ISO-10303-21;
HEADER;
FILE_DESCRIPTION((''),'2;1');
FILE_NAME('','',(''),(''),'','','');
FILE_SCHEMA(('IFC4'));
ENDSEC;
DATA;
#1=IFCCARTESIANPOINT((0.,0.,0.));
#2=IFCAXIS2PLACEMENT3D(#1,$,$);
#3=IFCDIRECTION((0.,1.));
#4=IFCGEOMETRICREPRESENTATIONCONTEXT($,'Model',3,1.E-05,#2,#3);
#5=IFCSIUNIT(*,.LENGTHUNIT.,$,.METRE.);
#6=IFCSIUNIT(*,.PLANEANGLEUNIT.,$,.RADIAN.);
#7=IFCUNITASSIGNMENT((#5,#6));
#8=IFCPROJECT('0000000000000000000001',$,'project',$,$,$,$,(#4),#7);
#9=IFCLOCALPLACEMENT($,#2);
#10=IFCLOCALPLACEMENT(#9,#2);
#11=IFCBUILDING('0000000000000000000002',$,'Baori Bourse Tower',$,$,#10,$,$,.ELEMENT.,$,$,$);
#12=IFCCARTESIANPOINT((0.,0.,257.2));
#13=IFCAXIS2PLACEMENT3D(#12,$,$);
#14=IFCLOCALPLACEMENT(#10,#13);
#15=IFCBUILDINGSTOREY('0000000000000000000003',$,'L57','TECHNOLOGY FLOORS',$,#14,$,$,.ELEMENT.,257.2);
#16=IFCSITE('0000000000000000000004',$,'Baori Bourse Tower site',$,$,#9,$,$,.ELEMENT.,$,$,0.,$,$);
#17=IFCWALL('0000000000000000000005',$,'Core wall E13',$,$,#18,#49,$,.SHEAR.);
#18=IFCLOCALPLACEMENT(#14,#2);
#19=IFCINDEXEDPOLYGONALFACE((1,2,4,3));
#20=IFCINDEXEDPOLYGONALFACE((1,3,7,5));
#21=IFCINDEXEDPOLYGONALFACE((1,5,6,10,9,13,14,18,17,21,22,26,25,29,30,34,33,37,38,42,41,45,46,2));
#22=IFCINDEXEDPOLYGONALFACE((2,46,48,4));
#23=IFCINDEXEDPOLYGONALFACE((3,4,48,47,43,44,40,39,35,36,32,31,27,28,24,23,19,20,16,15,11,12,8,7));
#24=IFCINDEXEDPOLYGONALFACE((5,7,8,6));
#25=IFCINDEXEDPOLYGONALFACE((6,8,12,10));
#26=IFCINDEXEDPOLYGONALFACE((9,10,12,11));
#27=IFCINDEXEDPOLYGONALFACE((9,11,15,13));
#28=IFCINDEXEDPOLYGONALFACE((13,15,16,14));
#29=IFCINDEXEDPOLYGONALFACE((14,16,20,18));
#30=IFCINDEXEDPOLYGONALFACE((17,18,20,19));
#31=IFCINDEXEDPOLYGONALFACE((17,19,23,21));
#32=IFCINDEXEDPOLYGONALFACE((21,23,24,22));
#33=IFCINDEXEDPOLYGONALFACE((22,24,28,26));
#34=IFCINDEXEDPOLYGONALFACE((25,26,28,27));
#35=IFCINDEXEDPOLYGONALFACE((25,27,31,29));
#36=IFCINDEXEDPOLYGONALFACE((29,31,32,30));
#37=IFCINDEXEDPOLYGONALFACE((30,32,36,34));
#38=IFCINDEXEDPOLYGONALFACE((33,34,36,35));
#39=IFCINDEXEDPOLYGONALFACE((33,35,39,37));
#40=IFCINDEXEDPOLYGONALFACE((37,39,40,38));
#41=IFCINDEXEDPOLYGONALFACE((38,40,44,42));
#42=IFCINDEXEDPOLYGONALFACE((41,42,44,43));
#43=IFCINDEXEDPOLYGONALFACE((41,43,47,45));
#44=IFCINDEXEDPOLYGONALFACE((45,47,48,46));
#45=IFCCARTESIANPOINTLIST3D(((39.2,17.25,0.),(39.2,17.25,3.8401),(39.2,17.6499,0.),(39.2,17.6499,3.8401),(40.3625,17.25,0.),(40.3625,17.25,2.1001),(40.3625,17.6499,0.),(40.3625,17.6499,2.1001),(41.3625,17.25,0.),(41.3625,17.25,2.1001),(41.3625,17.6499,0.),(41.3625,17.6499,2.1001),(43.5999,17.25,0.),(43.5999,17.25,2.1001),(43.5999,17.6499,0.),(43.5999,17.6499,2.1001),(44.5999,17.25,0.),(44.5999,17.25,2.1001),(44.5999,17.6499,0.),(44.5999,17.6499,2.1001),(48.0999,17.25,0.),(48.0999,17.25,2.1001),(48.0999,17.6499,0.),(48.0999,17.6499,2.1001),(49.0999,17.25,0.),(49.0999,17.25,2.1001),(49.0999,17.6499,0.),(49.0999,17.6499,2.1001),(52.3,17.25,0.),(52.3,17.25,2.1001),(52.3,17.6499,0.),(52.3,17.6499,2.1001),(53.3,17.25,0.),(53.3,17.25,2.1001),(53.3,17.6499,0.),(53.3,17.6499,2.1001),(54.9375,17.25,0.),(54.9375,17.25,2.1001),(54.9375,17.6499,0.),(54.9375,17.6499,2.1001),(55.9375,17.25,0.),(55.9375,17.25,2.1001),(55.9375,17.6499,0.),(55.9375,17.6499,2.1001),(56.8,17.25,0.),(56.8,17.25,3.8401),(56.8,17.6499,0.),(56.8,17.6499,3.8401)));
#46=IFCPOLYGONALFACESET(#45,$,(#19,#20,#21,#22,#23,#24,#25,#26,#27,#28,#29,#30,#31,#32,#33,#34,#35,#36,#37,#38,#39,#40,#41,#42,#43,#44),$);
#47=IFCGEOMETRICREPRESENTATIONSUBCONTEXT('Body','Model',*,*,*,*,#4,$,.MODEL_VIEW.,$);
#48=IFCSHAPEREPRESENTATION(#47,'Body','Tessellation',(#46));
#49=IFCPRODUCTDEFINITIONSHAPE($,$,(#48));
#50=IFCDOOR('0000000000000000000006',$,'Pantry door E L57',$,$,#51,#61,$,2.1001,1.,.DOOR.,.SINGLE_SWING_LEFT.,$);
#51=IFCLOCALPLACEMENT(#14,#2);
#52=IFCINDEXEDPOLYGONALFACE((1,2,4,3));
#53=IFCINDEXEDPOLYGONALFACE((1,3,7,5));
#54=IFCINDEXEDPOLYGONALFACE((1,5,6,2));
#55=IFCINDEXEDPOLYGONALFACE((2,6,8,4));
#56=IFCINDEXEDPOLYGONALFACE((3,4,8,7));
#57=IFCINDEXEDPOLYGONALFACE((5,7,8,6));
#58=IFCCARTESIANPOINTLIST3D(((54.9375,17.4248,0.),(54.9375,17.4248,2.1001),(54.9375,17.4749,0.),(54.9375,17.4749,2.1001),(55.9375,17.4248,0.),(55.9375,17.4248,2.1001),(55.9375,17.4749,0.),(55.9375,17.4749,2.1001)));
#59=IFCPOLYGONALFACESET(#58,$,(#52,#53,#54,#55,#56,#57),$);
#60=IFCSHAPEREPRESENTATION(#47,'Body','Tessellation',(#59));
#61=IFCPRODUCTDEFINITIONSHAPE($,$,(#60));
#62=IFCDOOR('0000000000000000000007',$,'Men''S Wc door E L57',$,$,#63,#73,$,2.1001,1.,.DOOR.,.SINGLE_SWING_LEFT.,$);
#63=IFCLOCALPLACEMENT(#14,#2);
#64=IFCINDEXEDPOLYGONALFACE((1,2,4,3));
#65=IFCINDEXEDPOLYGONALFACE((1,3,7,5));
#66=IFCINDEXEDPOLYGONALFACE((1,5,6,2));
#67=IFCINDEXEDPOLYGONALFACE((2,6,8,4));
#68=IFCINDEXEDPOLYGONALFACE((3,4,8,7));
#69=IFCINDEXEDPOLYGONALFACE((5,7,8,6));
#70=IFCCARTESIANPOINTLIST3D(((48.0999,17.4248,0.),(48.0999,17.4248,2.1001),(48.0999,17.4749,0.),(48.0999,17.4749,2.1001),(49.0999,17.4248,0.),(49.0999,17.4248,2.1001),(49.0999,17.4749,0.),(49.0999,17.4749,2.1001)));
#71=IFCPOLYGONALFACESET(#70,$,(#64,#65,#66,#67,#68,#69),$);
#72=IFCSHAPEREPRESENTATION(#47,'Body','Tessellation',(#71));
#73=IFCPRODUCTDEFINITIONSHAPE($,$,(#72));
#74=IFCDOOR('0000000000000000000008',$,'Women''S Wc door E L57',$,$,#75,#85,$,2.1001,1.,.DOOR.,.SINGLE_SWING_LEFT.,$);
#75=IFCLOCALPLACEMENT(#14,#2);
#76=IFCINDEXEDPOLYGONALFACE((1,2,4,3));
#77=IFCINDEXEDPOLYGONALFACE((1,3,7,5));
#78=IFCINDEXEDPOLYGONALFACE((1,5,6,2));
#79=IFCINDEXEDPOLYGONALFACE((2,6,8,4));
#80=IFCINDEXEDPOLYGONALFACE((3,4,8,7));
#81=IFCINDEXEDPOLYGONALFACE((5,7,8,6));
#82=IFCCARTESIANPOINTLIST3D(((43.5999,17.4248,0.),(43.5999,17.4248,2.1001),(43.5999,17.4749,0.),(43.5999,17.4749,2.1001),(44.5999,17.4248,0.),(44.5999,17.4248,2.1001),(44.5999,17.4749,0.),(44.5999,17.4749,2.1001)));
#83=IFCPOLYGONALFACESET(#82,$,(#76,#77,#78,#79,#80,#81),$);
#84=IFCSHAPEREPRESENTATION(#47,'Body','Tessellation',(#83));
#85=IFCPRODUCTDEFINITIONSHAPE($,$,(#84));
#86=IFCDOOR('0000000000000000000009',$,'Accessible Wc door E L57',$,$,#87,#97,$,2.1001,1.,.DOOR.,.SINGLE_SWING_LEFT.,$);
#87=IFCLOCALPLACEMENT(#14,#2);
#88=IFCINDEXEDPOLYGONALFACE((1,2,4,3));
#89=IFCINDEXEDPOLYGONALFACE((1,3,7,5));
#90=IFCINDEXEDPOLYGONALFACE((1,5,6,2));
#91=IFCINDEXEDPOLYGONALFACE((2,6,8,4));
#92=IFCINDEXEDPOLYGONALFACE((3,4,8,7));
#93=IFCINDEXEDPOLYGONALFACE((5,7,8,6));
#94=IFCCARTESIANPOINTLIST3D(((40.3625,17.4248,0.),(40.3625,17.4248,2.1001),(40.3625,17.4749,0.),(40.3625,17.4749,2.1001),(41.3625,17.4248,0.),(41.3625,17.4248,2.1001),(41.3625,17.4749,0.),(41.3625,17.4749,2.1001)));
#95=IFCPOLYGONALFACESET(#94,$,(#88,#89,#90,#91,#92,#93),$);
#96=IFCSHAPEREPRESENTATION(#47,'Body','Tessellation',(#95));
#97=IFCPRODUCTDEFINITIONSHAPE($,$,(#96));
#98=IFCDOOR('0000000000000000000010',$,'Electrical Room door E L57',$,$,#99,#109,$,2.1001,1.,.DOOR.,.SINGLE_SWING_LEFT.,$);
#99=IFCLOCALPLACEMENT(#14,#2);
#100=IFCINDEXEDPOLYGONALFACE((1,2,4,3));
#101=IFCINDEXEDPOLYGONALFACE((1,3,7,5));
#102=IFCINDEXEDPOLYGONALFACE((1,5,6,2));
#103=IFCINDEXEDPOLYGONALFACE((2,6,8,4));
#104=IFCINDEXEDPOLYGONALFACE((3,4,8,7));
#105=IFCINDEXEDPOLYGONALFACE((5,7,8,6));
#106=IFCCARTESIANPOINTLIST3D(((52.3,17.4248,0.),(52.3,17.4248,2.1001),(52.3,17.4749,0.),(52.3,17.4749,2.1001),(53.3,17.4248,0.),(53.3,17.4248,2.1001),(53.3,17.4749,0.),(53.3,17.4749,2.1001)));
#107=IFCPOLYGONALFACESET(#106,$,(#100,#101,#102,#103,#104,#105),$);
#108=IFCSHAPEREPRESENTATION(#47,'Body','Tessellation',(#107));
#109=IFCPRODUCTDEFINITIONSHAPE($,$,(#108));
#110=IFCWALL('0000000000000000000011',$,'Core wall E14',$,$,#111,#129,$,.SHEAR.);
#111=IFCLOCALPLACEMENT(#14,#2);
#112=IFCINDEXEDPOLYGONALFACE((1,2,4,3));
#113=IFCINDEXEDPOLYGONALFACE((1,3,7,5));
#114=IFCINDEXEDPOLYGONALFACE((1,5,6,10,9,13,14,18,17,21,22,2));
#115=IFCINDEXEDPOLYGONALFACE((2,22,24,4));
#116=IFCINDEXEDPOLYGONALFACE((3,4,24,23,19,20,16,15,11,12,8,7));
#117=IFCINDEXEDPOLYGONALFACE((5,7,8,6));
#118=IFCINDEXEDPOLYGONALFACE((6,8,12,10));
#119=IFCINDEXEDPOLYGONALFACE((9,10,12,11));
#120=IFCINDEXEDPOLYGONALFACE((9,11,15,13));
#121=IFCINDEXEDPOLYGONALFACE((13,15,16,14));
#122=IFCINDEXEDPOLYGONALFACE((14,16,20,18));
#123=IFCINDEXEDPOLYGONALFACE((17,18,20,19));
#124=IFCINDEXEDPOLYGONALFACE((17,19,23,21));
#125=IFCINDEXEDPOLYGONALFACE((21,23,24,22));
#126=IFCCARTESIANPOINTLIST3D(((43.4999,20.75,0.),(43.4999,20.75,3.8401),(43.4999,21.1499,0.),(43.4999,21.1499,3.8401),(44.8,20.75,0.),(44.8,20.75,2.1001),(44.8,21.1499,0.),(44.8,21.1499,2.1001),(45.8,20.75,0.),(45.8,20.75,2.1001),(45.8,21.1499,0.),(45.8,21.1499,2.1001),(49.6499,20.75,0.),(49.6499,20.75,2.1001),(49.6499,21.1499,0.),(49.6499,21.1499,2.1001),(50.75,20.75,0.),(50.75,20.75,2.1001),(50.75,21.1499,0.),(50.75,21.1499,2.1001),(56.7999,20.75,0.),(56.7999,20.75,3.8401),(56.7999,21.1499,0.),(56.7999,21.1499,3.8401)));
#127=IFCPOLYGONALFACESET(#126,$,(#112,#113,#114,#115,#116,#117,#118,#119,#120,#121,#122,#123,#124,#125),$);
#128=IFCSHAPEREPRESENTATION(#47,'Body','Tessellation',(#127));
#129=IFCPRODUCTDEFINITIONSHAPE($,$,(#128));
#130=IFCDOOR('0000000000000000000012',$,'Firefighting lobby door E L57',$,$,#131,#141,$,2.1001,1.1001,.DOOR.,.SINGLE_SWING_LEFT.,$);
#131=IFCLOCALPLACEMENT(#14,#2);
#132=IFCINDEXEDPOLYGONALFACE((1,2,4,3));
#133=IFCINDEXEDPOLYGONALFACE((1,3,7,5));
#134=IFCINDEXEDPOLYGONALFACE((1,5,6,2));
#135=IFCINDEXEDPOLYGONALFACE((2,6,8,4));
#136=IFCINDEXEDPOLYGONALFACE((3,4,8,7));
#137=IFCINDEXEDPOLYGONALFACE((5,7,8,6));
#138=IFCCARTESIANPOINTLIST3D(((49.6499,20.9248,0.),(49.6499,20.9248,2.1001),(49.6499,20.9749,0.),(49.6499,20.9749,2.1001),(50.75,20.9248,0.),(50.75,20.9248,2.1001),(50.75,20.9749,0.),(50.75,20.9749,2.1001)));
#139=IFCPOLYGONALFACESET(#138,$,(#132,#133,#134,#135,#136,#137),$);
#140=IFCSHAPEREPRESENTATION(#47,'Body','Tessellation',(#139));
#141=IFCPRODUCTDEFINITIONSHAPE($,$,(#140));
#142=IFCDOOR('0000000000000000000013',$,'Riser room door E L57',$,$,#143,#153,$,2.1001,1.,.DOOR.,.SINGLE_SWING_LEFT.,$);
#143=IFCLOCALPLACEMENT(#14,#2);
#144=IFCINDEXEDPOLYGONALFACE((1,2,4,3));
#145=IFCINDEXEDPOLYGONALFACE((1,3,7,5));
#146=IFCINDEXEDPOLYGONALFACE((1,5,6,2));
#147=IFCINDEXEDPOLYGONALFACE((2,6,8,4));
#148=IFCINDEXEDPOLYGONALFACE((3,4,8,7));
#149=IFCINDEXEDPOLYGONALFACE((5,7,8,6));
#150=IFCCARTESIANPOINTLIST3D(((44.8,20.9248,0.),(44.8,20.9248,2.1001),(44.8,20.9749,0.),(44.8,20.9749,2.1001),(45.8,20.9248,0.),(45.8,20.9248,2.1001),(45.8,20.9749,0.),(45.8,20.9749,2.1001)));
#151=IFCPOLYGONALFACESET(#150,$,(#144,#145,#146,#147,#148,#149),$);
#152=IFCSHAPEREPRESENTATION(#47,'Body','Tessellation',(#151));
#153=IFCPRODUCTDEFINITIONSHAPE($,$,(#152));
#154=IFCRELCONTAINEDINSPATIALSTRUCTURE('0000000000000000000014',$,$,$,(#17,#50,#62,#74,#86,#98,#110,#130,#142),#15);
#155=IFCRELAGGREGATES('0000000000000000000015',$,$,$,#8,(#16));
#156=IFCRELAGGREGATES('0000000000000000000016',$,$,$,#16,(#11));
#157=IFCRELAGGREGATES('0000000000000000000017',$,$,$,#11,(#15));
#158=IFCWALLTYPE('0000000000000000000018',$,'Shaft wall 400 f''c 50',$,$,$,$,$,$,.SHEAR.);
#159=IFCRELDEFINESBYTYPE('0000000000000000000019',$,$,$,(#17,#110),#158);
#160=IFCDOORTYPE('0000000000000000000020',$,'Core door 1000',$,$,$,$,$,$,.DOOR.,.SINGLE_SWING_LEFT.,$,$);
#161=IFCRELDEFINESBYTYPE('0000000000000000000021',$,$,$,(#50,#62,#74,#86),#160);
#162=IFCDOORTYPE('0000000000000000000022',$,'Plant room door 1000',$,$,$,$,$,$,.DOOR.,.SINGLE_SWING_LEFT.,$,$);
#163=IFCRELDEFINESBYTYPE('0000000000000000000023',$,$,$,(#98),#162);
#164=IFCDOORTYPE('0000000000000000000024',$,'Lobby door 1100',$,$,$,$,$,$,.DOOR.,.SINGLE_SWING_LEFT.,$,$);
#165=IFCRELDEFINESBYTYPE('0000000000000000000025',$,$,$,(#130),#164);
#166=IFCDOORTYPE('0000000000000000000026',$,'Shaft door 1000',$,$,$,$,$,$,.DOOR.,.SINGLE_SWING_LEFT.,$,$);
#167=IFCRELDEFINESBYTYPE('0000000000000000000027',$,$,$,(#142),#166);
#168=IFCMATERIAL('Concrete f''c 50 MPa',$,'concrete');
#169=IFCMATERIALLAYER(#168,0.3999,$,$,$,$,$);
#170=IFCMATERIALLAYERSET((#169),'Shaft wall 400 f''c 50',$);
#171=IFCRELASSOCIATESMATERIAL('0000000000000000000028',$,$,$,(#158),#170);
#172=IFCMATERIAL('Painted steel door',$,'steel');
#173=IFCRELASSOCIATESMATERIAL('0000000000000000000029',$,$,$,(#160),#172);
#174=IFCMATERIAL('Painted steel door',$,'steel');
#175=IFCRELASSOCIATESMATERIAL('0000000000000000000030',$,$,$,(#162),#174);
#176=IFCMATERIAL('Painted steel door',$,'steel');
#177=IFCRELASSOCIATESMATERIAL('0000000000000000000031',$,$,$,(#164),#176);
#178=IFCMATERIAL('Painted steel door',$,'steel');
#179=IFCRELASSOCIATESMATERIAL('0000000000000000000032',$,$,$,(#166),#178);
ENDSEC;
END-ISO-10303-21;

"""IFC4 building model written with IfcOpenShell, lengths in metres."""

from ifc_helpers import new_model, si_unit, direction, frame, frame_2d, origin, place, context, subcontext, project, spatial, rectangle, extrude, material, layer, layer_set, type_object, element, fill, save


model = new_model("IFC4")

# Units and contexts
model_context = context("Model", 3, precision=1e-05, world=origin(), true_north=direction((0.0, 1.0)))
body_context = subcontext(model_context, "Body", "Model", "MODEL_VIEW")
ifc_project = project(units=[si_unit("LENGTHUNIT", "METRE"), si_unit("PLANEANGLEUNIT", "RADIAN")], contexts=[model_context])

# Site, building, storey
site_placement = place(None, origin())
site = spatial("IfcSite", under=ifc_project, at=site_placement, Name="Baori Bourse Tower site", CompositionType="ELEMENT", RefElevation=0.0)
building_placement = place(site_placement, origin())
building = spatial("IfcBuilding", under=site, at=building_placement, Name="Baori Bourse Tower", CompositionType="ELEMENT")
storey_placement = place(building_placement, frame((0.0, 0.0, 257.2)))
storey = spatial("IfcBuildingStorey", under=building, at=storey_placement, Name="L57", Description="TECHNOLOGY FLOORS", CompositionType="ELEMENT", Elevation=257.2)

# Shared definitions
ifc_material_1 = material(Name="Concrete f'c 50 MPa", Category="concrete")
ifc_layer_1 = layer(ifc_material_1, 0.3999)
ifc_layer_set_1 = layer_set([ifc_layer_1], Name="Shaft wall 400 f'c 50")
wall_type_1 = type_object("IfcWallType", Name="Shaft wall 400 f'c 50", PredefinedType="SHEAR", material=ifc_layer_set_1)

# Walls, openings, doors
wall_1_placement = place(storey_placement, frame((39.2, 17.45, 0.0), z_axis=(0.0, 0.0, 1.0), x_axis=(1.0, 0.0, 0.0)))
wall_1 = element("IfcWall", 1, at=wall_1_placement, inside=storey, type_object=wall_type_1, Name="Core wall E13", PredefinedType="SHEAR", context=body_context, shape_type="SweptSolid", body=[
    extrude(rectangle(XDim=17.6001, YDim=0.3999, at=frame_2d((8.8, 0.0))), origin(), (0.0, 0.0, 1.0), 3.8401),
])
opening_1_placement = place(wall_1_placement, frame((15.7375, 0.0, 0.0)))
opening_1 = element("IfcOpeningElement", 2, at=opening_1_placement, cuts=wall_1, PredefinedType="OPENING", context=body_context, shape_type="SweptSolid", body=[
    extrude(rectangle(XDim=1.0, YDim=2.1001, at=frame_2d((0.5, 1.05))), frame((0.0, 0.21, 0.0), z_axis=(0.0, -1.0, 0.0), x_axis=(1.0, 0.0, 0.0)), (0.0, 0.0, 1.0), 0.4199),
])
opening_2_placement = place(wall_1_placement, frame((13.1001, 0.0, 0.0)))
opening_2 = element("IfcOpeningElement", 3, at=opening_2_placement, cuts=wall_1, PredefinedType="OPENING", context=body_context, shape_type="SweptSolid", body=[
    extrude(rectangle(XDim=1.0, YDim=2.1001, at=frame_2d((0.5, 1.05))), frame((0.0, 0.21, 0.0), z_axis=(0.0, -1.0, 0.0), x_axis=(1.0, 0.0, 0.0)), (0.0, 0.0, 1.0), 0.4199),
])
opening_3_placement = place(wall_1_placement, frame((8.8999, 0.0, 0.0)))
opening_3 = element("IfcOpeningElement", 4, at=opening_3_placement, cuts=wall_1, PredefinedType="OPENING", context=body_context, shape_type="SweptSolid", body=[
    extrude(rectangle(XDim=1.0, YDim=2.1001, at=frame_2d((0.5, 1.05))), frame((0.0, 0.21, 0.0), z_axis=(0.0, -1.0, 0.0), x_axis=(1.0, 0.0, 0.0)), (0.0, 0.0, 1.0), 0.4199),
])
opening_4_placement = place(wall_1_placement, frame((4.3999, 0.0, 0.0)))
opening_4 = element("IfcOpeningElement", 5, at=opening_4_placement, cuts=wall_1, PredefinedType="OPENING", context=body_context, shape_type="SweptSolid", body=[
    extrude(rectangle(XDim=1.0, YDim=2.1001, at=frame_2d((0.5, 1.05))), frame((0.0, 0.21, 0.0), z_axis=(0.0, -1.0, 0.0), x_axis=(1.0, 0.0, 0.0)), (0.0, 0.0, 1.0), 0.4199),
])
opening_5_placement = place(wall_1_placement, frame((1.1626, 0.0, 0.0)))
opening_5 = element("IfcOpeningElement", 6, at=opening_5_placement, cuts=wall_1, PredefinedType="OPENING", context=body_context, shape_type="SweptSolid", body=[
    extrude(rectangle(XDim=1.0, YDim=2.1001, at=frame_2d((0.5, 1.05))), frame((0.0, 0.21, 0.0), z_axis=(0.0, -1.0, 0.0), x_axis=(1.0, 0.0, 0.0)), (0.0, 0.0, 1.0), 0.4199),
])
ifc_material_2 = material(Name="Painted steel door", Category="steel")
door_type_1 = type_object("IfcDoorType", Name="Core door 1000", OperationType="SINGLE_SWING_LEFT", PredefinedType="DOOR", material=ifc_material_2)
door_1_placement = place(opening_1_placement, origin())
door_1 = element("IfcDoor", 7, at=door_1_placement, inside=storey, type_object=door_type_1, Name="Pantry door E L57", OperationType="SINGLE_SWING_LEFT", OverallHeight=2.1001, OverallWidth=1.0, PredefinedType="DOOR", context=body_context, shape_type="SweptSolid", body=[
    extrude(rectangle(XDim=1.0, YDim=2.1001, at=frame_2d((0.5, 1.05))), frame((0.0, 0.0249, 0.0), z_axis=(0.0, -1.0, 0.0), x_axis=(1.0, 0.0, 0.0)), (0.0, 0.0, 1.0), 0.05),
])
fill(opening_1, door_1)
door_2_placement = place(opening_3_placement, origin())
door_2 = element("IfcDoor", 8, at=door_2_placement, inside=storey, type_object=door_type_1, Name="Men'S Wc door E L57", OperationType="SINGLE_SWING_LEFT", OverallHeight=2.1001, OverallWidth=1.0, PredefinedType="DOOR", context=body_context, shape_type="SweptSolid", body=[
    extrude(rectangle(XDim=1.0, YDim=2.1001, at=frame_2d((0.5, 1.05))), frame((0.0, 0.0249, 0.0), z_axis=(0.0, -1.0, 0.0), x_axis=(1.0, 0.0, 0.0)), (0.0, 0.0, 1.0), 0.05),
])
fill(opening_3, door_2)
door_3_placement = place(opening_4_placement, origin())
door_3 = element("IfcDoor", 9, at=door_3_placement, inside=storey, type_object=door_type_1, Name="Women'S Wc door E L57", OperationType="SINGLE_SWING_LEFT", OverallHeight=2.1001, OverallWidth=1.0, PredefinedType="DOOR", context=body_context, shape_type="SweptSolid", body=[
    extrude(rectangle(XDim=1.0, YDim=2.1001, at=frame_2d((0.5, 1.05))), frame((0.0, 0.0249, 0.0), z_axis=(0.0, -1.0, 0.0), x_axis=(1.0, 0.0, 0.0)), (0.0, 0.0, 1.0), 0.05),
])
fill(opening_4, door_3)
door_4_placement = place(opening_5_placement, origin())
door_4 = element("IfcDoor", 10, at=door_4_placement, inside=storey, type_object=door_type_1, Name="Accessible Wc door E L57", OperationType="SINGLE_SWING_LEFT", OverallHeight=2.1001, OverallWidth=1.0, PredefinedType="DOOR", context=body_context, shape_type="SweptSolid", body=[
    extrude(rectangle(XDim=1.0, YDim=2.1001, at=frame_2d((0.5, 1.05))), frame((0.0, 0.0249, 0.0), z_axis=(0.0, -1.0, 0.0), x_axis=(1.0, 0.0, 0.0)), (0.0, 0.0, 1.0), 0.05),
])
fill(opening_5, door_4)
ifc_material_3 = material(Name="Painted steel door", Category="steel")
door_type_2 = type_object("IfcDoorType", Name="Plant room door 1000", OperationType="SINGLE_SWING_LEFT", PredefinedType="DOOR", material=ifc_material_3)
door_5_placement = place(opening_2_placement, origin())
door_5 = element("IfcDoor", 11, at=door_5_placement, inside=storey, type_object=door_type_2, Name="Electrical Room door E L57", OperationType="SINGLE_SWING_LEFT", OverallHeight=2.1001, OverallWidth=1.0, PredefinedType="DOOR", context=body_context, shape_type="SweptSolid", body=[
    extrude(rectangle(XDim=1.0, YDim=2.1001, at=frame_2d((0.5, 1.05))), frame((0.0, 0.0249, 0.0), z_axis=(0.0, -1.0, 0.0), x_axis=(1.0, 0.0, 0.0)), (0.0, 0.0, 1.0), 0.05),
])
fill(opening_2, door_5)
wall_2_placement = place(storey_placement, frame((43.5, 20.95, 0.0), z_axis=(0.0, 0.0, 1.0), x_axis=(1.0, 0.0, 0.0)))
wall_2 = element("IfcWall", 12, at=wall_2_placement, inside=storey, type_object=wall_type_1, Name="Core wall E14", PredefinedType="SHEAR", context=body_context, shape_type="SweptSolid", body=[
    extrude(rectangle(XDim=13.3, YDim=0.3999, at=frame_2d((6.6499, 0.0))), origin(), (0.0, 0.0, 1.0), 3.8401),
])
opening_6_placement = place(wall_2_placement, frame((6.1499, 0.0, 0.0)))
opening_6 = element("IfcOpeningElement", 13, at=opening_6_placement, cuts=wall_2, PredefinedType="OPENING", context=body_context, shape_type="SweptSolid", body=[
    extrude(rectangle(XDim=1.1001, YDim=2.1001, at=frame_2d((0.55, 1.05))), frame((0.0, 0.21, 0.0), z_axis=(0.0, -1.0, 0.0), x_axis=(1.0, 0.0, 0.0)), (0.0, 0.0, 1.0), 0.4199),
])
opening_7_placement = place(wall_2_placement, frame((1.3, 0.0, 0.0)))
opening_7 = element("IfcOpeningElement", 14, at=opening_7_placement, cuts=wall_2, PredefinedType="OPENING", context=body_context, shape_type="SweptSolid", body=[
    extrude(rectangle(XDim=1.0, YDim=2.1001, at=frame_2d((0.5, 1.05))), frame((0.0, 0.21, 0.0), z_axis=(0.0, -1.0, 0.0), x_axis=(1.0, 0.0, 0.0)), (0.0, 0.0, 1.0), 0.4199),
])
ifc_material_4 = material(Name="Painted steel door", Category="steel")
door_type_3 = type_object("IfcDoorType", Name="Lobby door 1100", OperationType="SINGLE_SWING_LEFT", PredefinedType="DOOR", material=ifc_material_4)
door_6_placement = place(opening_6_placement, origin())
door_6 = element("IfcDoor", 15, at=door_6_placement, inside=storey, type_object=door_type_3, Name="Firefighting lobby door E L57", OperationType="SINGLE_SWING_LEFT", OverallHeight=2.1001, OverallWidth=1.1001, PredefinedType="DOOR", context=body_context, shape_type="SweptSolid", body=[
    extrude(rectangle(XDim=1.1001, YDim=2.1001, at=frame_2d((0.55, 1.05))), frame((0.0, 0.0249, 0.0), z_axis=(0.0, -1.0, 0.0), x_axis=(1.0, 0.0, 0.0)), (0.0, 0.0, 1.0), 0.05),
])
fill(opening_6, door_6)
ifc_material_5 = material(Name="Painted steel door", Category="steel")
door_type_4 = type_object("IfcDoorType", Name="Shaft door 1000", OperationType="SINGLE_SWING_LEFT", PredefinedType="DOOR", material=ifc_material_5)
door_7_placement = place(opening_7_placement, origin())
door_7 = element("IfcDoor", 16, at=door_7_placement, inside=storey, type_object=door_type_4, Name="Riser room door E L57", OperationType="SINGLE_SWING_LEFT", OverallHeight=2.1001, OverallWidth=1.0, PredefinedType="DOOR", context=body_context, shape_type="SweptSolid", body=[
    extrude(rectangle(XDim=1.0, YDim=2.1001, at=frame_2d((0.5, 1.05))), frame((0.0, 0.0249, 0.0), z_axis=(0.0, -1.0, 0.0), x_axis=(1.0, 0.0, 0.0)), (0.0, 0.0, 1.0), 0.05),
])
fill(opening_7, door_7)

save(model, "model.ifc")
